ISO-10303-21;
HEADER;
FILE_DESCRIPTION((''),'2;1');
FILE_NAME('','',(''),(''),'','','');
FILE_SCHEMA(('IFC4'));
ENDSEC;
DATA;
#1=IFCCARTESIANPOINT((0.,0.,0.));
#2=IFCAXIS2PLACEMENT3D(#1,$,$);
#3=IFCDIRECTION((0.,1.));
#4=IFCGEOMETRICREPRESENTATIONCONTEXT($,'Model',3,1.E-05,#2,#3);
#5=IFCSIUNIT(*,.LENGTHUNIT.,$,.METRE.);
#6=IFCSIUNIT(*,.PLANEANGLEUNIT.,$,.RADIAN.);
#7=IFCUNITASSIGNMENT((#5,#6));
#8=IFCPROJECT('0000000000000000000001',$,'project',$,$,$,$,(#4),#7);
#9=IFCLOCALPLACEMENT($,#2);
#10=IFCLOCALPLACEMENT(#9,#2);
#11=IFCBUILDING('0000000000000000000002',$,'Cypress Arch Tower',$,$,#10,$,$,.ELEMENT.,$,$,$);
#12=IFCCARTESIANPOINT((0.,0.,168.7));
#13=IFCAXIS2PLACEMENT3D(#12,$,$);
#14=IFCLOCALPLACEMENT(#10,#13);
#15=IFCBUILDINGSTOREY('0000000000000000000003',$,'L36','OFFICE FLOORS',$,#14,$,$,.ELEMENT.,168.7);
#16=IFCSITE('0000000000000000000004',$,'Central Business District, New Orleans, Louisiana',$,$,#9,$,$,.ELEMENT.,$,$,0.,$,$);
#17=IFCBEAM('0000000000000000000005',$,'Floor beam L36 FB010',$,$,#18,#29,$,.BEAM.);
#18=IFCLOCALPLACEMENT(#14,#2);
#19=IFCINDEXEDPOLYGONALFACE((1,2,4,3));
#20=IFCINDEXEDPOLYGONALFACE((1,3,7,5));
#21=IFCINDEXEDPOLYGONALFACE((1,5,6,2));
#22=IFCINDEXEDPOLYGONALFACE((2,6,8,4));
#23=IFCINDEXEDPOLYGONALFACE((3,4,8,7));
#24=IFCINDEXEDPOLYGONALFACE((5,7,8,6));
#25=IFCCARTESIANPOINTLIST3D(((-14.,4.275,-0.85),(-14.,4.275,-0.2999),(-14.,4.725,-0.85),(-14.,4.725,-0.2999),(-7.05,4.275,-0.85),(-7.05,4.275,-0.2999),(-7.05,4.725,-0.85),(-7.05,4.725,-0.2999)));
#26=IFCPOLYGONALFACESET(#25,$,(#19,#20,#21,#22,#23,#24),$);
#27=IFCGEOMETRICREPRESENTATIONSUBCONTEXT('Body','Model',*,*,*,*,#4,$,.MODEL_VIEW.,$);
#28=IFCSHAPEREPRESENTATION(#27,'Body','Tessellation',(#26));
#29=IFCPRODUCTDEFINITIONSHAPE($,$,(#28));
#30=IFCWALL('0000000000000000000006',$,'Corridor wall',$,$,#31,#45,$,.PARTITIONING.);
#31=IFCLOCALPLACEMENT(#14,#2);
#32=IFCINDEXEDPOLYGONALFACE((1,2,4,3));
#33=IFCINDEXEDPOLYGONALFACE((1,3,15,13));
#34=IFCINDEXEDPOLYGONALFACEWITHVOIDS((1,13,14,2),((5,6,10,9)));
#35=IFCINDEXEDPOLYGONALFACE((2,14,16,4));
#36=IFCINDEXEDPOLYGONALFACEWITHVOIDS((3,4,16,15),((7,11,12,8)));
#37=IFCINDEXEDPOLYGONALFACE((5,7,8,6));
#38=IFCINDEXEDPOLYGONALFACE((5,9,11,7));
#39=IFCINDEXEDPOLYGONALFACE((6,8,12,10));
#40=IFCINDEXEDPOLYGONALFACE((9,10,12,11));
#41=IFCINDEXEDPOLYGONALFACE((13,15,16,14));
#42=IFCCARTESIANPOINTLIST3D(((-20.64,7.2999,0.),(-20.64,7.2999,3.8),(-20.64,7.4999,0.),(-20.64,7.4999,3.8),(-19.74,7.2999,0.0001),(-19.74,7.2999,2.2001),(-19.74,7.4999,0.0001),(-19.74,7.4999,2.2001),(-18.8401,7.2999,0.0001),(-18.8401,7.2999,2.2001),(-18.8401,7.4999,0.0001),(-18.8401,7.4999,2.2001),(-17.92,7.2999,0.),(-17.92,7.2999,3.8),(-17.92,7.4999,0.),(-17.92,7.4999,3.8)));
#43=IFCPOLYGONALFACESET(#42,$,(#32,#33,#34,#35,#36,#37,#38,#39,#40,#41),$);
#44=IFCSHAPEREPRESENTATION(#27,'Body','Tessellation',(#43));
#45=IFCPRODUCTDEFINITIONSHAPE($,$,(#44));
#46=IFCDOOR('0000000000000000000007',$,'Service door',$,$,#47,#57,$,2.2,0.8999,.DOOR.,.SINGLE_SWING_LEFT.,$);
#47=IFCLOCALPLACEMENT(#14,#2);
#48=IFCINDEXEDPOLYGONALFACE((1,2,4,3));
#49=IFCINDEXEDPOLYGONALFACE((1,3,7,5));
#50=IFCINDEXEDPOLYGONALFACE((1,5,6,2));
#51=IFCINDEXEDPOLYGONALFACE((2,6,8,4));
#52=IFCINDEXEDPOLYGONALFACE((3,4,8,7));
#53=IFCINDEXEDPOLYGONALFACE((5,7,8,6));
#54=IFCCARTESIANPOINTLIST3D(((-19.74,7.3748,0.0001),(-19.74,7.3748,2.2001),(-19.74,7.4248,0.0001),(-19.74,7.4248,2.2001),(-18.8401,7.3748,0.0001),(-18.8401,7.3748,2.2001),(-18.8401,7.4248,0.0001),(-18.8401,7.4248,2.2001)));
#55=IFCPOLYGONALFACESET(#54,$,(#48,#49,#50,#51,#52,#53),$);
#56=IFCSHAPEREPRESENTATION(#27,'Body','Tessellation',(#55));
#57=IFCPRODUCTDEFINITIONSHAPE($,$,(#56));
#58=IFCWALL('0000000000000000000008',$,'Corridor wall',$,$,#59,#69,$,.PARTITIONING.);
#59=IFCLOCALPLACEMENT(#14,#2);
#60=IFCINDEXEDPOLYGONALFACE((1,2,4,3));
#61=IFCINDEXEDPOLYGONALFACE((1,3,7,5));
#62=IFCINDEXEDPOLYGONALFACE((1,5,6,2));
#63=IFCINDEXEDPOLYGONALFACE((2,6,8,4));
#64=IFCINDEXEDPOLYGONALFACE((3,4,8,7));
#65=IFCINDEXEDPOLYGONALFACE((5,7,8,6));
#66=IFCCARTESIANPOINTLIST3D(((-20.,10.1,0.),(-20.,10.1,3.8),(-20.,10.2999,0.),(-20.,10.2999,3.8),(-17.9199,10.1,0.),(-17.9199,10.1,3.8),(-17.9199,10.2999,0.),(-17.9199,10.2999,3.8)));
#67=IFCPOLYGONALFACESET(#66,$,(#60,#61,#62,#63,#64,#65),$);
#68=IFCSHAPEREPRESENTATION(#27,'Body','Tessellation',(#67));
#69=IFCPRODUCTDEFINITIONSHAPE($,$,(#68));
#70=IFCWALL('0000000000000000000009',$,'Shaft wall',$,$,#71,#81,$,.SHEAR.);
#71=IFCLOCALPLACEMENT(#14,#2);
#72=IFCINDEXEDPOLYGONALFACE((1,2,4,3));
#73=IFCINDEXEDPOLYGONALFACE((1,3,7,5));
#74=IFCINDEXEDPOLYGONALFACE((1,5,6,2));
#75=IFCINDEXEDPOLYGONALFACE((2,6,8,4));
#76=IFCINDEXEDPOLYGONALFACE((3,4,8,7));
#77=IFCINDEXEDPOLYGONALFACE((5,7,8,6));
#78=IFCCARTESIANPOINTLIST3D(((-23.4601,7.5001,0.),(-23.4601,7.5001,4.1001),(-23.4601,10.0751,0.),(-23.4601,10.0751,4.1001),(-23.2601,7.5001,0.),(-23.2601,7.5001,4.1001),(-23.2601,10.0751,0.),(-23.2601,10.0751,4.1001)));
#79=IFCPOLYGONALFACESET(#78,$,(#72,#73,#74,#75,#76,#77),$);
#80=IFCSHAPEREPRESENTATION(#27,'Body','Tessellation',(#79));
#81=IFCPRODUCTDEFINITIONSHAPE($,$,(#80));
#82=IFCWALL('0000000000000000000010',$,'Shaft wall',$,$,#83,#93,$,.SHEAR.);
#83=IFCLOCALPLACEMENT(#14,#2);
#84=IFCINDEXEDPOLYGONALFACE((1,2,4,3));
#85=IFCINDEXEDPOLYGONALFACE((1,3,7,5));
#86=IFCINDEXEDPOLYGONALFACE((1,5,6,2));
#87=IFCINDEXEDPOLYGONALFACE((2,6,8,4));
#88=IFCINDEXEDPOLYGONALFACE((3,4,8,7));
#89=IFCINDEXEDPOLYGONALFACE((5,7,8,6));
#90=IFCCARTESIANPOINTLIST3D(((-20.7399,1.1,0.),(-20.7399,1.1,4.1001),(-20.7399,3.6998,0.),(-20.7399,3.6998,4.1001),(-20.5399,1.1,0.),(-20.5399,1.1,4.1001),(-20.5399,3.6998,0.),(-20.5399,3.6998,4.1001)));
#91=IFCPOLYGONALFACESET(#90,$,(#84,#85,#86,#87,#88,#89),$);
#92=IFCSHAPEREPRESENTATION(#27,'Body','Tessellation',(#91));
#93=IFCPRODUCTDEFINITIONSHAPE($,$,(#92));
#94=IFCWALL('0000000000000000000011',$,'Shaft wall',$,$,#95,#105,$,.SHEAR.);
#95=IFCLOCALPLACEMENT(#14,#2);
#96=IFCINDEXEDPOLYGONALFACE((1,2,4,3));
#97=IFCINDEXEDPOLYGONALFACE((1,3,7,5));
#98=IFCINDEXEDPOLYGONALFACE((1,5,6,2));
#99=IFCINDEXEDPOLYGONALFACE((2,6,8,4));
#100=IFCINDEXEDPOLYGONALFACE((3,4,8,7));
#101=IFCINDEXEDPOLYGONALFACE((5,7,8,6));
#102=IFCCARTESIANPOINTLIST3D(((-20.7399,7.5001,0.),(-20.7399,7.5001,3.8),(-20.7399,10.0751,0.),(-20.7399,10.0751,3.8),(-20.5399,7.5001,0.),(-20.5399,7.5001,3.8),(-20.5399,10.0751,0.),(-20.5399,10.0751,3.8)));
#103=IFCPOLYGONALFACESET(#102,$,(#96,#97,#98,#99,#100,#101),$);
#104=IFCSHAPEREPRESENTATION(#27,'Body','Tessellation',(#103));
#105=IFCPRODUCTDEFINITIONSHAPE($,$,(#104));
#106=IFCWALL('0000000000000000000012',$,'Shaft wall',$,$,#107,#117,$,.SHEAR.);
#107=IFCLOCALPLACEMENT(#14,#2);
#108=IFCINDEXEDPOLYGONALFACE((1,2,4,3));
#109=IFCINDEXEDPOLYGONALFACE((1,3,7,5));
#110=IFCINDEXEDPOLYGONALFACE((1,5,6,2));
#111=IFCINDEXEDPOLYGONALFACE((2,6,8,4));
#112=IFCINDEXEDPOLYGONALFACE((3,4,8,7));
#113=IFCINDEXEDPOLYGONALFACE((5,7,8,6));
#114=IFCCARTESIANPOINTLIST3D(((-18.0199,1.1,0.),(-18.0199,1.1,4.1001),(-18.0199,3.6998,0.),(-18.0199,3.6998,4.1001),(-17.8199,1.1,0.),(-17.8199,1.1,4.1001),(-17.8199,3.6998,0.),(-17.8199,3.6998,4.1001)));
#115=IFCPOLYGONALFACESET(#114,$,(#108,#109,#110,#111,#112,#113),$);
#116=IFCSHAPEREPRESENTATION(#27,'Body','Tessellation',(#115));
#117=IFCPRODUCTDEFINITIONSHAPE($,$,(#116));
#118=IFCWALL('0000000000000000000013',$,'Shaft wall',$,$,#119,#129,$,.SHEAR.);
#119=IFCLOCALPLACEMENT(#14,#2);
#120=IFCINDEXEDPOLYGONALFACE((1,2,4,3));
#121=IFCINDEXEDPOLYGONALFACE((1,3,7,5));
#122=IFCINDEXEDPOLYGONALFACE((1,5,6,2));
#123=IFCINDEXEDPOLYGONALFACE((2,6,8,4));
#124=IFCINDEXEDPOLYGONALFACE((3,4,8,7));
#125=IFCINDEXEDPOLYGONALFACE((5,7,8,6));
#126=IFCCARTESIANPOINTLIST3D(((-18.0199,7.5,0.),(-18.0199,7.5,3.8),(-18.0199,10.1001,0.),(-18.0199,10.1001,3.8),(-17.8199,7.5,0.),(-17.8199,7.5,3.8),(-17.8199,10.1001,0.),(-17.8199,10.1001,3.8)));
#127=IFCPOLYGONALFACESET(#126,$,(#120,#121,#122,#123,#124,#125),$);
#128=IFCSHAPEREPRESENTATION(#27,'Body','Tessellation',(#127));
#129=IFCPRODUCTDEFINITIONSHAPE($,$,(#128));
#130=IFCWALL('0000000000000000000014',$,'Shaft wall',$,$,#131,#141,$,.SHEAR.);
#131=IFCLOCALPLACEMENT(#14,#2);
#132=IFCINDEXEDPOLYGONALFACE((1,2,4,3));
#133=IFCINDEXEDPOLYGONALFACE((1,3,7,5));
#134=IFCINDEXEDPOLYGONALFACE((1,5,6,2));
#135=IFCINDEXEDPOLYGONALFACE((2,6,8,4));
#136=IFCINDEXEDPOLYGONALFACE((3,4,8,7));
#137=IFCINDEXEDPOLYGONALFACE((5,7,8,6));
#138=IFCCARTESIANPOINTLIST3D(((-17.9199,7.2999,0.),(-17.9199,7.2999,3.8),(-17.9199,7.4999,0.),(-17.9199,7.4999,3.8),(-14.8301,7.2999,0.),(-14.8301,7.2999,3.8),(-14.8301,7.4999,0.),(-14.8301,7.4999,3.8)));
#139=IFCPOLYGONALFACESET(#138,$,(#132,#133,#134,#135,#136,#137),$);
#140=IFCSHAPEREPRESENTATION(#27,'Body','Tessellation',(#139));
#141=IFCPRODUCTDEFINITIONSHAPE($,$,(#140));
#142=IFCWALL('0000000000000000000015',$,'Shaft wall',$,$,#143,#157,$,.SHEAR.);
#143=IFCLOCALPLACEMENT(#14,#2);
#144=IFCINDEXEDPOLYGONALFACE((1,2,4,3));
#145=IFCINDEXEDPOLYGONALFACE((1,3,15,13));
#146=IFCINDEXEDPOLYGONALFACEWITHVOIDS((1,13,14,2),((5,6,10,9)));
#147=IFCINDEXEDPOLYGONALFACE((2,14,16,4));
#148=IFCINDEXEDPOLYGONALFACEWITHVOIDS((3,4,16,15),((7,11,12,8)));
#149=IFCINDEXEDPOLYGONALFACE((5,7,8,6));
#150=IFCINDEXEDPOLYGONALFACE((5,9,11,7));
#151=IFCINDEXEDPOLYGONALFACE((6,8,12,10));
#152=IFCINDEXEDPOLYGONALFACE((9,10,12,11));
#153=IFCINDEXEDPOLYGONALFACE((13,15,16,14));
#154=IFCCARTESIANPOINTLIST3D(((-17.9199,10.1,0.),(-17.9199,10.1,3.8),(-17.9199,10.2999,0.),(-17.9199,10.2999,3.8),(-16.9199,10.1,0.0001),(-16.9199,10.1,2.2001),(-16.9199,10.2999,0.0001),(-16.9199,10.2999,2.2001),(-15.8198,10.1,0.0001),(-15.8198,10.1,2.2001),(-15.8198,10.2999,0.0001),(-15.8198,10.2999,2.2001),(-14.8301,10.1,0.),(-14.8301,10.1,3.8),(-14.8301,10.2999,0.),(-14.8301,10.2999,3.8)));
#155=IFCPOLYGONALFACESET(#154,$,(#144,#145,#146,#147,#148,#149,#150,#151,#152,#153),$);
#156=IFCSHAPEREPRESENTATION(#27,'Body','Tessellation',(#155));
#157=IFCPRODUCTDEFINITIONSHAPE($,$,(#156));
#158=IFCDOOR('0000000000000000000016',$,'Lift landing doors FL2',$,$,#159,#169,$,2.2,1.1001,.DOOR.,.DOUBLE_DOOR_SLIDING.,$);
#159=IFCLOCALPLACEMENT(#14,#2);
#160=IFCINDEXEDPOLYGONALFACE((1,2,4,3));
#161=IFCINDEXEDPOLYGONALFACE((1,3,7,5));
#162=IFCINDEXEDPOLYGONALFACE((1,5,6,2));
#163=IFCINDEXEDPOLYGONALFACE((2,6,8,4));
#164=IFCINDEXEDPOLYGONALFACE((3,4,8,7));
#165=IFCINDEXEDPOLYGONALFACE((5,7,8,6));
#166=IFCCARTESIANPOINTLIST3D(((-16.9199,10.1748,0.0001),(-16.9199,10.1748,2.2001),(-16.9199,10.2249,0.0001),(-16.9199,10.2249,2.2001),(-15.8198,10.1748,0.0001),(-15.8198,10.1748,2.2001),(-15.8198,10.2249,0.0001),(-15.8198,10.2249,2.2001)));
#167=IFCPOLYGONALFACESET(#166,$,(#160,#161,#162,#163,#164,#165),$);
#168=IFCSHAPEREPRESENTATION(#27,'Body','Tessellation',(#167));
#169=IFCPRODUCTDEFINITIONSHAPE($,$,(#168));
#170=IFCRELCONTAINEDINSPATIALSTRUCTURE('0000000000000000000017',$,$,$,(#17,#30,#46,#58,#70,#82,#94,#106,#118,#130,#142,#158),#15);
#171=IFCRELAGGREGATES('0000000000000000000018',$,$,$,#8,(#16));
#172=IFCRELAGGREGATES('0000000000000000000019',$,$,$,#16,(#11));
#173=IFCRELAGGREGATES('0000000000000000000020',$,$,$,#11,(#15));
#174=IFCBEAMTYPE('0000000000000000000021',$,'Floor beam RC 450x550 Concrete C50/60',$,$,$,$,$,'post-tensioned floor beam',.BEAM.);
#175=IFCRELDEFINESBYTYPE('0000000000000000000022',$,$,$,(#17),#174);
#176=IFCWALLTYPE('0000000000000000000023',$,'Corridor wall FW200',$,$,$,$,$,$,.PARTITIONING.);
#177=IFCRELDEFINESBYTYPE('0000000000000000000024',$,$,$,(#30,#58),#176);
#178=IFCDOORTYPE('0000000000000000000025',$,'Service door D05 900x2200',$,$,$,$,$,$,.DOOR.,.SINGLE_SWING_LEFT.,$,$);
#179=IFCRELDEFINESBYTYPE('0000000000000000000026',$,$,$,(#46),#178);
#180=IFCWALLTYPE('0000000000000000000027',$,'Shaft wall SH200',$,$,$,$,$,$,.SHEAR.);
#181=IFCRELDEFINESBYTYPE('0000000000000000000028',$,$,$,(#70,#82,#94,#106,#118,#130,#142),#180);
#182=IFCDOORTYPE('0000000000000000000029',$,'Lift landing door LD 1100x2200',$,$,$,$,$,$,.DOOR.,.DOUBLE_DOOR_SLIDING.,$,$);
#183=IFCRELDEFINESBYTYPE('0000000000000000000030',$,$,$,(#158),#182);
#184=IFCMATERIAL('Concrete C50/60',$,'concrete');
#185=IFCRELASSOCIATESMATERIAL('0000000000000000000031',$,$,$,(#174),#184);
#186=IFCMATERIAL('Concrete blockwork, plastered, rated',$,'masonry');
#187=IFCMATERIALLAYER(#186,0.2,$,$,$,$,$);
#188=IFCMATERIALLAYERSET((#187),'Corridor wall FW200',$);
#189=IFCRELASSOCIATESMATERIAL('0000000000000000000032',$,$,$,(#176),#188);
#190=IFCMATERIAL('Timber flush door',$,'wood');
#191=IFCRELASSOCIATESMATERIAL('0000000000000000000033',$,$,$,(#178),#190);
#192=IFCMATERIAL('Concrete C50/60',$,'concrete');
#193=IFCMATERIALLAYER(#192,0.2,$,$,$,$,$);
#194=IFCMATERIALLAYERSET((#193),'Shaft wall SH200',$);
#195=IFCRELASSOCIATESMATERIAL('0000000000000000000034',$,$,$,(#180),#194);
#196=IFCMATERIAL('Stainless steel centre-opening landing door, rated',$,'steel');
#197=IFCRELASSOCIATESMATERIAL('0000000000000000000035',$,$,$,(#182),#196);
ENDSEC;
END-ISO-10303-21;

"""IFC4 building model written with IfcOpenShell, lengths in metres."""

from ifc_helpers import new_model, si_unit, direction, frame, frame_2d, origin, origin_2d, place, context, subcontext, project, spatial, rectangle, extrude, material, layer, layer_set, material_profile, profile_set, type_object, element, fill, save


model = new_model("IFC4")

# Units and contexts
model_context = context("Model", 3, precision=1e-05, world=origin(), true_north=direction((0.0, 1.0)))
body_context = subcontext(model_context, "Body", "Model", "MODEL_VIEW")
ifc_project = project(units=[si_unit("LENGTHUNIT", "METRE"), si_unit("PLANEANGLEUNIT", "RADIAN")], contexts=[model_context])

# Site, building, storey
site_placement = place(None, origin())
site = spatial("IfcSite", under=ifc_project, at=site_placement, Name="Central Business District, New Orleans, Louisiana", CompositionType="ELEMENT", RefElevation=0.0)
building_placement = place(site_placement, origin())
building = spatial("IfcBuilding", under=site, at=building_placement, Name="Cypress Arch Tower", CompositionType="ELEMENT")
storey_placement = place(building_placement, frame((0.0, 0.0, 168.7)))
storey = spatial("IfcBuildingStorey", under=building, at=storey_placement, Name="L36", Description="OFFICE FLOORS", CompositionType="ELEMENT", Elevation=168.7)

# Beam
ifc_material_1 = material(Name="Concrete C50/60", Category="concrete")
ifc_material_profile = material_profile(ifc_material_1, rectangle(XDim=0.45, YDim=0.55, at=origin_2d()), Name="RC 450x550")
ifc_profile_set = profile_set([ifc_material_profile], Name="Concrete C50/60")
beam_type = type_object("IfcBeamType", Name="Floor beam RC 450x550 Concrete C50/60", ElementType="post-tensioned floor beam", PredefinedType="BEAM", material=ifc_profile_set)
beam_placement = place(storey_placement, frame((-14.0, 4.5, -0.575), z_axis=(1.0, 0.0, 0.0), x_axis=(0.0, 1.0, 0.0)))
element("IfcBeam", 1, at=beam_placement, inside=storey, type_object=beam_type, Name="Floor beam L36 FB010", PredefinedType="BEAM", context=body_context, shape_type="SweptSolid", body=[
    extrude(rectangle(XDim=0.45, YDim=0.55, at=origin_2d()), origin(), (0.0, 0.0, 1.0), 6.95),
])

# Wall, opening, door
ifc_material_2 = material(Name="Concrete blockwork, plastered, rated", Category="masonry")
ifc_layer_1 = layer(ifc_material_2, 0.2)
ifc_layer_set_1 = layer_set([ifc_layer_1], Name="Corridor wall FW200")
wall_type_1 = type_object("IfcWallType", Name="Corridor wall FW200", PredefinedType="PARTITIONING", material=ifc_layer_set_1)
wall_1_placement = place(storey_placement, frame((-20.6399, 7.3999, 0.0), z_axis=(0.0, 0.0, 1.0), x_axis=(1.0, 0.0, 0.0)))
wall_1 = element("IfcWall", 2, at=wall_1_placement, inside=storey, type_object=wall_type_1, Name="Corridor wall", PredefinedType="PARTITIONING", context=body_context, shape_type="SweptSolid", body=[
    extrude(rectangle(XDim=2.72, YDim=0.2, at=frame_2d((1.3599, 0.0))), origin(), (0.0, 0.0, 1.0), 3.8),
])
opening_1_placement = place(wall_1_placement, frame((0.8999, 0.0, 0.0)))
opening_1 = element("IfcOpeningElement", 3, at=opening_1_placement, cuts=wall_1, PredefinedType="OPENING", context=body_context, shape_type="SweptSolid", body=[
    extrude(rectangle(XDim=0.8999, YDim=2.2, at=frame_2d((0.45, 1.1001))), frame((0.0, 0.1099, 0.0), z_axis=(0.0, -1.0, 0.0), x_axis=(1.0, 0.0, 0.0)), (0.0, 0.0, 1.0), 0.22),
])
ifc_material_3 = material(Name="Timber flush door", Category="wood")
door_type_1 = type_object("IfcDoorType", Name="Service door D05 900x2200", OperationType="SINGLE_SWING_LEFT", PredefinedType="DOOR", material=ifc_material_3)
door_1_placement = place(opening_1_placement, origin())
door_1 = element("IfcDoor", 4, at=door_1_placement, inside=storey, type_object=door_type_1, Name="Service door", OperationType="SINGLE_SWING_LEFT", OverallHeight=2.2, OverallWidth=0.8999, PredefinedType="DOOR", context=body_context, shape_type="SweptSolid", body=[
    extrude(rectangle(XDim=0.8999, YDim=2.2, at=frame_2d((0.45, 1.1001))), frame((0.0, 0.0249, 0.0), z_axis=(0.0, -1.0, 0.0), x_axis=(1.0, 0.0, 0.0)), (0.0, 0.0, 1.0), 0.05),
])
fill(opening_1, door_1)

# Walls
wall_2_placement = place(storey_placement, frame((-20.0, 10.2, 0.0), z_axis=(0.0, 0.0, 1.0), x_axis=(1.0, 0.0, 0.0)))
element("IfcWall", 5, at=wall_2_placement, inside=storey, type_object=wall_type_1, Name="Corridor wall", PredefinedType="PARTITIONING", context=body_context, shape_type="SweptSolid", body=[
    extrude(rectangle(XDim=2.0801, YDim=0.2, at=frame_2d((1.04, 0.0))), origin(), (0.0, 0.0, 1.0), 3.8),
])
ifc_material_4 = material(Name="Concrete C50/60", Category="concrete")
ifc_layer_2 = layer(ifc_material_4, 0.2)
ifc_layer_set_2 = layer_set([ifc_layer_2], Name="Shaft wall SH200")
wall_type_2 = type_object("IfcWallType", Name="Shaft wall SH200", PredefinedType="SHEAR", material=ifc_layer_set_2)
wall_3_placement = place(storey_placement, frame((-23.3601, 7.5, 0.0), z_axis=(0.0, 0.0, 1.0), x_axis=(0.0, 1.0, 0.0)))
element("IfcWall", 6, at=wall_3_placement, inside=storey, type_object=wall_type_2, Name="Shaft wall", PredefinedType="SHEAR", context=body_context, shape_type="SweptSolid", body=[
    extrude(rectangle(XDim=2.575, YDim=0.2, at=frame_2d((1.2876, 0.0))), origin(), (0.0, 0.0, 1.0), 4.1001),
])
wall_4_placement = place(storey_placement, frame((-20.6399, 1.1001, 0.0), z_axis=(0.0, 0.0, 1.0), x_axis=(0.0, 1.0, 0.0)))
element("IfcWall", 7, at=wall_4_placement, inside=storey, type_object=wall_type_2, Name="Shaft wall", PredefinedType="SHEAR", context=body_context, shape_type="SweptSolid", body=[
    extrude(rectangle(XDim=2.5999, YDim=0.2, at=frame_2d((1.2998, 0.0))), origin(), (0.0, 0.0, 1.0), 4.1001),
])
wall_5_placement = place(storey_placement, frame((-20.6399, 7.5, 0.0), z_axis=(0.0, 0.0, 1.0), x_axis=(0.0, 1.0, 0.0)))
element("IfcWall", 8, at=wall_5_placement, inside=storey, type_object=wall_type_2, Name="Shaft wall", PredefinedType="SHEAR", context=body_context, shape_type="SweptSolid", body=[
    extrude(rectangle(XDim=2.575, YDim=0.2, at=frame_2d((1.2876, 0.0))), origin(), (0.0, 0.0, 1.0), 3.8),
])
wall_6_placement = place(storey_placement, frame((-17.9199, 1.1001, 0.0), z_axis=(0.0, 0.0, 1.0), x_axis=(0.0, 1.0, 0.0)))
element("IfcWall", 9, at=wall_6_placement, inside=storey, type_object=wall_type_2, Name="Shaft wall", PredefinedType="SHEAR", context=body_context, shape_type="SweptSolid", body=[
    extrude(rectangle(XDim=2.5999, YDim=0.2, at=frame_2d((1.2998, 0.0))), origin(), (0.0, 0.0, 1.0), 4.1001),
])
wall_7_placement = place(storey_placement, frame((-17.9199, 7.5, 0.0), z_axis=(0.0, 0.0, 1.0), x_axis=(0.0, 1.0, 0.0)))
element("IfcWall", 10, at=wall_7_placement, inside=storey, type_object=wall_type_2, Name="Shaft wall", PredefinedType="SHEAR", context=body_context, shape_type="SweptSolid", body=[
    extrude(rectangle(XDim=2.6001, YDim=0.2, at=frame_2d((1.3, 0.0))), origin(), (0.0, 0.0, 1.0), 3.8),
])
wall_8_placement = place(storey_placement, frame((-17.9199, 7.3999, 0.0), z_axis=(0.0, 0.0, 1.0), x_axis=(1.0, 0.0, 0.0)))
element("IfcWall", 11, at=wall_8_placement, inside=storey, type_object=wall_type_2, Name="Shaft wall", PredefinedType="SHEAR", context=body_context, shape_type="SweptSolid", body=[
    extrude(rectangle(XDim=3.0898, YDim=0.2, at=frame_2d((1.5449, 0.0))), origin(), (0.0, 0.0, 1.0), 3.8),
])

# Wall, opening, door
wall_9_placement = place(storey_placement, frame((-17.9199, 10.2, 0.0), z_axis=(0.0, 0.0, 1.0), x_axis=(1.0, 0.0, 0.0)))
wall_9 = element("IfcWall", 12, at=wall_9_placement, inside=storey, type_object=wall_type_2, Name="Shaft wall", PredefinedType="SHEAR", context=body_context, shape_type="SweptSolid", body=[
    extrude(rectangle(XDim=3.0898, YDim=0.2, at=frame_2d((1.5449, 0.0))), origin(), (0.0, 0.0, 1.0), 3.8),
])
opening_2_placement = place(wall_9_placement, frame((1.0, 0.0, 0.0)))
opening_2 = element("IfcOpeningElement", 13, at=opening_2_placement, cuts=wall_9, PredefinedType="OPENING", context=body_context, shape_type="SweptSolid", body=[
    extrude(rectangle(XDim=1.1001, YDim=2.2, at=frame_2d((0.55, 1.1001))), frame((0.0, 0.1099, 0.0), z_axis=(0.0, -1.0, 0.0), x_axis=(1.0, 0.0, 0.0)), (0.0, 0.0, 1.0), 0.22),
])
ifc_material_5 = material(Name="Stainless steel centre-opening landing door, rated", Category="steel")
door_type_2 = type_object("IfcDoorType", Name="Lift landing door LD 1100x2200", OperationType="DOUBLE_DOOR_SLIDING", PredefinedType="DOOR", material=ifc_material_5)
door_2_placement = place(opening_2_placement, origin())
door_2 = element("IfcDoor", 14, at=door_2_placement, inside=storey, type_object=door_type_2, Name="Lift landing doors FL2", OperationType="DOUBLE_DOOR_SLIDING", OverallHeight=2.2, OverallWidth=1.1001, PredefinedType="DOOR", context=body_context, shape_type="SweptSolid", body=[
    extrude(rectangle(XDim=1.1001, YDim=2.2, at=frame_2d((0.55, 1.1001))), frame((0.0, 0.0249, 0.0), z_axis=(0.0, -1.0, 0.0), x_axis=(1.0, 0.0, 0.0)), (0.0, 0.0, 1.0), 0.05),
])
fill(opening_2, door_2)

save(model, "model.ifc")
